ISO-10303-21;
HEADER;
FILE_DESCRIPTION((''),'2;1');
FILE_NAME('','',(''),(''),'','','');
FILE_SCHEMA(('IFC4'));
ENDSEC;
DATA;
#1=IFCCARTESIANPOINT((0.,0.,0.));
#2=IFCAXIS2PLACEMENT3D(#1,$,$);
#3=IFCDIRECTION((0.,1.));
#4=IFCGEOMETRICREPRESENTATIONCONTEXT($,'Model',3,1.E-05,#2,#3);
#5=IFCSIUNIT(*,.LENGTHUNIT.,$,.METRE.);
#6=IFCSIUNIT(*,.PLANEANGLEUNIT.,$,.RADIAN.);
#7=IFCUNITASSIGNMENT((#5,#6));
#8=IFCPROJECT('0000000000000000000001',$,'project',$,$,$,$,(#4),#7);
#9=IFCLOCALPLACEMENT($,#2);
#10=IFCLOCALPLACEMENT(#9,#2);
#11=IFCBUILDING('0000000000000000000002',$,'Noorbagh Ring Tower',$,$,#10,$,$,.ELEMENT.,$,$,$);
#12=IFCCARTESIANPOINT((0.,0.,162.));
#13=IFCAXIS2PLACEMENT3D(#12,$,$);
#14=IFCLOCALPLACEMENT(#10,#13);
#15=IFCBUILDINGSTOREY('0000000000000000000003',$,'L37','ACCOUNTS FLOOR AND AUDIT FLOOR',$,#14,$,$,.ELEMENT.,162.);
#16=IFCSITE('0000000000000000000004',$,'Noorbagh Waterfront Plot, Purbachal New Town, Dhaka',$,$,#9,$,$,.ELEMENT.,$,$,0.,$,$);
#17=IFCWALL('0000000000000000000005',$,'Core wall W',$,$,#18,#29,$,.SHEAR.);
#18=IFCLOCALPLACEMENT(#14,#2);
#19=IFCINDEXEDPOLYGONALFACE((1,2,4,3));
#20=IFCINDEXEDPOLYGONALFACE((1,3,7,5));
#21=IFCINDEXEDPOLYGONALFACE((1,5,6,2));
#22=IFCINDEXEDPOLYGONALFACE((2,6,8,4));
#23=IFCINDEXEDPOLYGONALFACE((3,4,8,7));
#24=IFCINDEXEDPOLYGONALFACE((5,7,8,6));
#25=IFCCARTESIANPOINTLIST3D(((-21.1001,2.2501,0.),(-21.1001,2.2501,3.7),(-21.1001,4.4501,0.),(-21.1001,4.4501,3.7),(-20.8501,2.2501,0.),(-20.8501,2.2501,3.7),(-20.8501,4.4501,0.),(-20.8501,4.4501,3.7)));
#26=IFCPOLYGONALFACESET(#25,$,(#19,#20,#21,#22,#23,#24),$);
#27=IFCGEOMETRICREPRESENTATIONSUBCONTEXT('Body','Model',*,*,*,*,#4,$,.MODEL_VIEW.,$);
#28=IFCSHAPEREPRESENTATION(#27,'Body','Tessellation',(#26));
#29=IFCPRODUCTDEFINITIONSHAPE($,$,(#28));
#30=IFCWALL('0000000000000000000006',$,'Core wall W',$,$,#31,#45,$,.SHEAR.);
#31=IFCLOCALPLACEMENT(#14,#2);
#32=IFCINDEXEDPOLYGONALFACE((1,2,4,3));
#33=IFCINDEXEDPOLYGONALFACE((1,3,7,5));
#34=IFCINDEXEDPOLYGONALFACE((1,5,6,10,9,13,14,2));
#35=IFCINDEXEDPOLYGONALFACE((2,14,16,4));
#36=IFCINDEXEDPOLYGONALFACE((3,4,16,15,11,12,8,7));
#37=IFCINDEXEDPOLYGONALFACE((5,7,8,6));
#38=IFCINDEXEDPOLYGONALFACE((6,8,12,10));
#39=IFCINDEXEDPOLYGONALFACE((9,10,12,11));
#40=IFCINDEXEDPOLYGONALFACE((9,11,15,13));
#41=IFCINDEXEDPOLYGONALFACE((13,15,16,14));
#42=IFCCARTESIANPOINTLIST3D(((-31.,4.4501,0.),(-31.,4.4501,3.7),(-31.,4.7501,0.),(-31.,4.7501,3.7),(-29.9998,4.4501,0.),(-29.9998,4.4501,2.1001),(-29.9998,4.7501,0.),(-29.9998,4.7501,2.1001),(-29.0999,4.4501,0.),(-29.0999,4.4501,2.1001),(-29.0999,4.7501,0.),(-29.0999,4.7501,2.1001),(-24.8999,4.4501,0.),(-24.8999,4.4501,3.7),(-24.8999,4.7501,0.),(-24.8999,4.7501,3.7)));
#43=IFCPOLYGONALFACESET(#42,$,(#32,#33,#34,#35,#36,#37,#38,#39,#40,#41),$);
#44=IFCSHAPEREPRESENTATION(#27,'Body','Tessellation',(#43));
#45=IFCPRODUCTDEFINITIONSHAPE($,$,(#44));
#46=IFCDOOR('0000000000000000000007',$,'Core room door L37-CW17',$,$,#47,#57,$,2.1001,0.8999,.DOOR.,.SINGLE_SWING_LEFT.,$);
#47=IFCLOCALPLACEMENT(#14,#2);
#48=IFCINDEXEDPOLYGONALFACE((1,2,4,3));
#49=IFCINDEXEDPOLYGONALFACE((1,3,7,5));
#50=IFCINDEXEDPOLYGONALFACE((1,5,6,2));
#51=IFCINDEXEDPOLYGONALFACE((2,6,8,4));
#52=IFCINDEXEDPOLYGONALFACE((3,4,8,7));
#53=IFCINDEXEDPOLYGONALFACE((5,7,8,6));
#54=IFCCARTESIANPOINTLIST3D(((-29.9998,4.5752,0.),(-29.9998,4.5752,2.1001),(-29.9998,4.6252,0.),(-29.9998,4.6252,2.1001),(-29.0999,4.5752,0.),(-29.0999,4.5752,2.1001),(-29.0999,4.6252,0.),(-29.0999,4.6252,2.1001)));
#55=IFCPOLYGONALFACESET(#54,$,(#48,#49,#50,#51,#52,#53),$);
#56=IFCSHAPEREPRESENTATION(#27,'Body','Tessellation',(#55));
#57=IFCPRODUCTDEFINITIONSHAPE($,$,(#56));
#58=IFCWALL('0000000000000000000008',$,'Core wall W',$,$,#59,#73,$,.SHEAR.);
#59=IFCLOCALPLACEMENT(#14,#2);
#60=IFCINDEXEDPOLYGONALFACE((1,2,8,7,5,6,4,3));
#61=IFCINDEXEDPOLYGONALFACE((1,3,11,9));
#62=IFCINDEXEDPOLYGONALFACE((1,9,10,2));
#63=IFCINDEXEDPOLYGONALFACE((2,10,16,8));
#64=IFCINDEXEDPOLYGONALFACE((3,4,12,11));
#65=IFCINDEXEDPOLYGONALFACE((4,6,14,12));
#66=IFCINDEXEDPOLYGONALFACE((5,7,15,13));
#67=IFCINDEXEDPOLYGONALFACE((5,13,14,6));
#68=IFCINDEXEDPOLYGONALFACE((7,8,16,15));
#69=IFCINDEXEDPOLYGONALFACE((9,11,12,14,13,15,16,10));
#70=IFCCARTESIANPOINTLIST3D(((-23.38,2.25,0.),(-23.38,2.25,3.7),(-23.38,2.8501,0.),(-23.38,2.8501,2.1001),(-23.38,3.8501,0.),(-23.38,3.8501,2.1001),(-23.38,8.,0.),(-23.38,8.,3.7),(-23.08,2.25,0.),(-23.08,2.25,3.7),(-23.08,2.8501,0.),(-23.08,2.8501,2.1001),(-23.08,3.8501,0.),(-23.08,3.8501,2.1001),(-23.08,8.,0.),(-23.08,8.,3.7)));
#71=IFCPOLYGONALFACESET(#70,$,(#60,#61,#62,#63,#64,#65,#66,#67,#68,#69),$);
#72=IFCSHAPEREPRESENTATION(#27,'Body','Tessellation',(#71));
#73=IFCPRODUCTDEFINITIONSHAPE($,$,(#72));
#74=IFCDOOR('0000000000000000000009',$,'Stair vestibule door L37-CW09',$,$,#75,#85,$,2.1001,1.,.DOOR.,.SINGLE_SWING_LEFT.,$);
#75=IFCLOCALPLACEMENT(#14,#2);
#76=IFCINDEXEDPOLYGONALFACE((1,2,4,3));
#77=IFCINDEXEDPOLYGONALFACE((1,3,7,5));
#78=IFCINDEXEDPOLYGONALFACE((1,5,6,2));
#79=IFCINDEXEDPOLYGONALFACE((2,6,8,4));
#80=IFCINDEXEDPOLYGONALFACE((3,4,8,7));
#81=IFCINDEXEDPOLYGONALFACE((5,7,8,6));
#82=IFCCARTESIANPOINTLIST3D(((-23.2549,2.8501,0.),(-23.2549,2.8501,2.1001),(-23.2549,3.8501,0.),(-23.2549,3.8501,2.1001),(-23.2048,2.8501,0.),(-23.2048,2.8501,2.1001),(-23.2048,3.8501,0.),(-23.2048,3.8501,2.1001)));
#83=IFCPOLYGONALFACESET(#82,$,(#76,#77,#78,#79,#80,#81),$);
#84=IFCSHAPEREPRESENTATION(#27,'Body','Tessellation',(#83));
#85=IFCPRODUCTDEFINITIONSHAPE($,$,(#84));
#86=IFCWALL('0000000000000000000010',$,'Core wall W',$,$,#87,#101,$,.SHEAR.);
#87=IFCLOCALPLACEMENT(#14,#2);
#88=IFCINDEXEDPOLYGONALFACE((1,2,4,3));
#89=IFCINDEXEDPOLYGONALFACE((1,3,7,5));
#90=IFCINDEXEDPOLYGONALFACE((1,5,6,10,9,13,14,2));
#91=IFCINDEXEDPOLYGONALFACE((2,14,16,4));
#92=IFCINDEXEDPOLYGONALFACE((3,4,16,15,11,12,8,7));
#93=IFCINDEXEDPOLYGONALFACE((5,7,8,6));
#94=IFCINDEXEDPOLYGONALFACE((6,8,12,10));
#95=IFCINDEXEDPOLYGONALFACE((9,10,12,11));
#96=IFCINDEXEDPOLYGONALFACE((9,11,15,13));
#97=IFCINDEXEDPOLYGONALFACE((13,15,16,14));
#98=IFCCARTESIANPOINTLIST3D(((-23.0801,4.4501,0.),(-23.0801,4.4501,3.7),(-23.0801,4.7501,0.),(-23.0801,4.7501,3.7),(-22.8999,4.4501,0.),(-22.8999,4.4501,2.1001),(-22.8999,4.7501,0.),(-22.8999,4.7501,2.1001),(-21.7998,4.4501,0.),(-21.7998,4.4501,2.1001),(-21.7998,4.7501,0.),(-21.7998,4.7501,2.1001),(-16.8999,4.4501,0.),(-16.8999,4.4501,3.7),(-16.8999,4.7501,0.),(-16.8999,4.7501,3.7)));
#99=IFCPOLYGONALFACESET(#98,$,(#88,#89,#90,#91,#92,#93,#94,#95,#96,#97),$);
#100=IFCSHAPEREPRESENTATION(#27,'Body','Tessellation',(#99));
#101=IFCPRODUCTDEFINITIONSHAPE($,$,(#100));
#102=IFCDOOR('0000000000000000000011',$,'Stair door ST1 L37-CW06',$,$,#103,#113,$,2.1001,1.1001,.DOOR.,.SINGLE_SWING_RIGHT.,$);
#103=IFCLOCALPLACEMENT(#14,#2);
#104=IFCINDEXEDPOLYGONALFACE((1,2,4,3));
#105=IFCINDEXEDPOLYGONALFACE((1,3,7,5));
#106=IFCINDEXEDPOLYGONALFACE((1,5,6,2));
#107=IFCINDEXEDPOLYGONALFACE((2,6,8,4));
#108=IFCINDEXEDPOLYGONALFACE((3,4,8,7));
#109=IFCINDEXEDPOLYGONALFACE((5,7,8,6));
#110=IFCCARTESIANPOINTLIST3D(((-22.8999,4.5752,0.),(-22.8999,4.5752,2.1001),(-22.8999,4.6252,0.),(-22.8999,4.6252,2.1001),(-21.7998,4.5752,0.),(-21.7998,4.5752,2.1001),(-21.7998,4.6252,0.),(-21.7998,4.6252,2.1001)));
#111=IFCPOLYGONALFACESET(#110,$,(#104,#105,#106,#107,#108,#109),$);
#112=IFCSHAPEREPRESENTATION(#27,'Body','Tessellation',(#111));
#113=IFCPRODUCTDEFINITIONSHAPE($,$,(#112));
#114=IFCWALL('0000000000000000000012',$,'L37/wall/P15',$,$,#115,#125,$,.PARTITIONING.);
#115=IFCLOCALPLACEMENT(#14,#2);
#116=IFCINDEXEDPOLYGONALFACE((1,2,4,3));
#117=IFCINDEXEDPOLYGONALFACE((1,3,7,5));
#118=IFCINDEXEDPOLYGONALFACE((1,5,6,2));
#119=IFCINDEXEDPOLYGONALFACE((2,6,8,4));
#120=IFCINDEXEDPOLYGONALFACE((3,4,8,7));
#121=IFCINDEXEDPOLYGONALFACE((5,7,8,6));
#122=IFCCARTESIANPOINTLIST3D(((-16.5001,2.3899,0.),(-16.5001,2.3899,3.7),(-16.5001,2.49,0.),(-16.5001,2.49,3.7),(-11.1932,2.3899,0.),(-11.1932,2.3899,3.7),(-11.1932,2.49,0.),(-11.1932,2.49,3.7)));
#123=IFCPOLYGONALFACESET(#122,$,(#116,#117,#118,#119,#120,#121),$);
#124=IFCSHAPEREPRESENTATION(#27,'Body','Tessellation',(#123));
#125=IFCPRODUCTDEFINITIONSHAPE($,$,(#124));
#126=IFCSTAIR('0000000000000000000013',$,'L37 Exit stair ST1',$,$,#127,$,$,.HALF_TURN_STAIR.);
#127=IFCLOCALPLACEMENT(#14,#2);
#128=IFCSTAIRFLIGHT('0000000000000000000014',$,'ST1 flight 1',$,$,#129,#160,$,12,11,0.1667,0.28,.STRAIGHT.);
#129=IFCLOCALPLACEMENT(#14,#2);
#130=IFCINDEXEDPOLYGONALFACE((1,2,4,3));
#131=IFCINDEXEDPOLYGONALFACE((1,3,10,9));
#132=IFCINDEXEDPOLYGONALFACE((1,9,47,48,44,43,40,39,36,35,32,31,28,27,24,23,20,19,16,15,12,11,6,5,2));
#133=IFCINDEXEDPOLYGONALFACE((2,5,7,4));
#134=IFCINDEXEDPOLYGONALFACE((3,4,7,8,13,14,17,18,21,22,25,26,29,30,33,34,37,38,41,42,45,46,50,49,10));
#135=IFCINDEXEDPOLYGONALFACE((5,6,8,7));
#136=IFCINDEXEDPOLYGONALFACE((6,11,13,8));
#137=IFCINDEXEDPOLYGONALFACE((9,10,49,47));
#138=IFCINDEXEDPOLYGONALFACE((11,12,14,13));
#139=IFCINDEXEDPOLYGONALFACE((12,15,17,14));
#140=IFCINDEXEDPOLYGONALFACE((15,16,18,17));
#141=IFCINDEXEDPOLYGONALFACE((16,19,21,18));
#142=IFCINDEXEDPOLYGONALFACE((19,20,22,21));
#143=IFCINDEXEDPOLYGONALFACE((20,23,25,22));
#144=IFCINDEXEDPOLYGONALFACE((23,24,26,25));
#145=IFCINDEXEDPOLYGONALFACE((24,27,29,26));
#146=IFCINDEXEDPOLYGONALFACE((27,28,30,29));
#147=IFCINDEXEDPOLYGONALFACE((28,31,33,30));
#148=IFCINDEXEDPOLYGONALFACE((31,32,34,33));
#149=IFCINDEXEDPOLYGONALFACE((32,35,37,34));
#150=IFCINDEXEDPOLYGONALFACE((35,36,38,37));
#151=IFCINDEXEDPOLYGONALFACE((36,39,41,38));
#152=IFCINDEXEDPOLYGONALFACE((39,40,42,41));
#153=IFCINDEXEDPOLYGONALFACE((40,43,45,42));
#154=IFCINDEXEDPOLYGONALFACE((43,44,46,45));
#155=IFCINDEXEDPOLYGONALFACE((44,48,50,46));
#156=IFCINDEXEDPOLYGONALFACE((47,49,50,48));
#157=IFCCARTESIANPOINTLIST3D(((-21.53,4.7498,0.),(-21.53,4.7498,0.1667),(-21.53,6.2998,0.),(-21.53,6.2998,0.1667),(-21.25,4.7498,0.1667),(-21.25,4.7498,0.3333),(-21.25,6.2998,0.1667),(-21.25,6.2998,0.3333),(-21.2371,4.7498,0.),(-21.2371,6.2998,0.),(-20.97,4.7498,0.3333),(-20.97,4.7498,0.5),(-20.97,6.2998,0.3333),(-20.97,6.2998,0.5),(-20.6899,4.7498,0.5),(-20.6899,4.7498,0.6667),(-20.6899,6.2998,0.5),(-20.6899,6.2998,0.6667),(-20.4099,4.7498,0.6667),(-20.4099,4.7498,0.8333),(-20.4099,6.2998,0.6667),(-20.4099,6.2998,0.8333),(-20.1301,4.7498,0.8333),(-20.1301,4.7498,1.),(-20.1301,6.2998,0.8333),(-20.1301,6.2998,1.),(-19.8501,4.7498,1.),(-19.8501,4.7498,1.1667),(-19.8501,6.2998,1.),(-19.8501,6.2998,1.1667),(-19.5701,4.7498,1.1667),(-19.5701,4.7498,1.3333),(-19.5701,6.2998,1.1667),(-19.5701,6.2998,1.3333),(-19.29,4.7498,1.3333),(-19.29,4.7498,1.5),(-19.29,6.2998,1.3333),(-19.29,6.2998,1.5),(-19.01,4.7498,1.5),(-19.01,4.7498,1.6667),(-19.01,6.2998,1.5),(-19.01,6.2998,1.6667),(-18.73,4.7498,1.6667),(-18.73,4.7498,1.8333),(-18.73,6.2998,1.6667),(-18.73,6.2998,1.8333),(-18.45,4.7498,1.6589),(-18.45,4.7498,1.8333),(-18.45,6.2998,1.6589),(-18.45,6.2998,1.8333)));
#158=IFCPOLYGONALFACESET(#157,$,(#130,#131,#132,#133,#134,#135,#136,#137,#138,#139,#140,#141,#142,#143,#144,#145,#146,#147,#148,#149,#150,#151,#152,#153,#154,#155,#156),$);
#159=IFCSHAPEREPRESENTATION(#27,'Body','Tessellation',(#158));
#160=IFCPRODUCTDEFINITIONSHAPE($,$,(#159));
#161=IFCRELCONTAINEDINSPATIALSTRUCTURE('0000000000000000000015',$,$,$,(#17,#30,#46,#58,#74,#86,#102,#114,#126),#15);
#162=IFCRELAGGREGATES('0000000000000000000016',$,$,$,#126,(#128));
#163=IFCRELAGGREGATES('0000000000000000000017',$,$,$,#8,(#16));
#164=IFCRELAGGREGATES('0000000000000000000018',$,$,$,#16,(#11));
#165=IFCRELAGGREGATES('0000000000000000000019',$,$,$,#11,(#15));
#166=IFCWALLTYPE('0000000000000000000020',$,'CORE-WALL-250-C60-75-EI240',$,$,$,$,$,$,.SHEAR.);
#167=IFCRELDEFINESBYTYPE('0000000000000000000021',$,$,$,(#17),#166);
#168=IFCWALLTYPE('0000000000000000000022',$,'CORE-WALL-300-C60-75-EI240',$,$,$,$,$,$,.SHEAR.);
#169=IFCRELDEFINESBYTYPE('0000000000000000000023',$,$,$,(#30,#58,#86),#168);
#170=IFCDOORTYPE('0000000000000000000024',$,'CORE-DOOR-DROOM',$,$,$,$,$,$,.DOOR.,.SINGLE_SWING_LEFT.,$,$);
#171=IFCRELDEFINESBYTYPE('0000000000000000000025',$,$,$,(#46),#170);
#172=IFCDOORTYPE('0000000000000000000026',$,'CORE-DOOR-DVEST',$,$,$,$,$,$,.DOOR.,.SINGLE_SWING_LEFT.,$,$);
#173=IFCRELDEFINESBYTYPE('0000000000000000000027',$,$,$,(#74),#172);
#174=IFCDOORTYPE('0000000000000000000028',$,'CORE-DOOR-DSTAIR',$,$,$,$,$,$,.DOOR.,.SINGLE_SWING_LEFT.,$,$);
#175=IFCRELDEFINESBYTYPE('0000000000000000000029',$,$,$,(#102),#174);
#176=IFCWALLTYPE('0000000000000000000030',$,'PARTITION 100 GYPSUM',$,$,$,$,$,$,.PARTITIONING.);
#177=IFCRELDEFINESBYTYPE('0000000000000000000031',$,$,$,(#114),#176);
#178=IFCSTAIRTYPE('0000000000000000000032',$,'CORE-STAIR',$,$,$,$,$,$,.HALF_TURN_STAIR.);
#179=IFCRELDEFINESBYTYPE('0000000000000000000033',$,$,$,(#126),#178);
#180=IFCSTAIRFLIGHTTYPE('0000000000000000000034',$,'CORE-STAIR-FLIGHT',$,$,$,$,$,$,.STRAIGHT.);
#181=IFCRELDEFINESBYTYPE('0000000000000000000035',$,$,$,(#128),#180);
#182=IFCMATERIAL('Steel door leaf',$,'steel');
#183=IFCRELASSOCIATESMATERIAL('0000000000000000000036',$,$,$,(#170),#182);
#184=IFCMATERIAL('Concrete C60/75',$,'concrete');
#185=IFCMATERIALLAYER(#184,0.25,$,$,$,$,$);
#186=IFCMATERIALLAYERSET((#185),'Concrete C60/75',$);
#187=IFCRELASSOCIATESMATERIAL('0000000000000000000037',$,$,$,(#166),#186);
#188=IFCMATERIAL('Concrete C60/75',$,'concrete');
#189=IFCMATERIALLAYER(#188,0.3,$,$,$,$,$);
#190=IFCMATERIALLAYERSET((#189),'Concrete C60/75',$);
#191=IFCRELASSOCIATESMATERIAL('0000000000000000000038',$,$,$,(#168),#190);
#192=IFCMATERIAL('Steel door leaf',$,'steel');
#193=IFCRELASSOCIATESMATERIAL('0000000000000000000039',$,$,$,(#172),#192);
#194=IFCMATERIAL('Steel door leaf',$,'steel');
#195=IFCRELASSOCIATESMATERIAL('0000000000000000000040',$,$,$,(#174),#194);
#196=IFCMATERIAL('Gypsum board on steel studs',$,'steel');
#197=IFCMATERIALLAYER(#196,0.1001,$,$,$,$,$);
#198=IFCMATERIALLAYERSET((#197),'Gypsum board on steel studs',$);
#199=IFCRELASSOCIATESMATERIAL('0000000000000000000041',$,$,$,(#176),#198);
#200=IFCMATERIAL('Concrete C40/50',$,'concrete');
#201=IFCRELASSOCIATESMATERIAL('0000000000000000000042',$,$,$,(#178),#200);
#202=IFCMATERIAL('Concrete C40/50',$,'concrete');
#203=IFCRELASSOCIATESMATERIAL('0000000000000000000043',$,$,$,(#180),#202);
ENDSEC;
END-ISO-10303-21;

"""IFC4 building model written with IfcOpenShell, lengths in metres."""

from ifc_helpers import new_model, si_unit, direction, frame, frame_2d, origin, place, context, subcontext, project, spatial, polyline, rectangle, outline, extrude, material, layer, layer_set, type_object, element, fill, aggregate, save


model = new_model("IFC4")

# Units and contexts
model_context = context("Model", 3, precision=1e-05, world=origin(), true_north=direction((0.0, 1.0)))
body_context = subcontext(model_context, "Body", "Model", "MODEL_VIEW")
ifc_project = project(units=[si_unit("LENGTHUNIT", "METRE"), si_unit("PLANEANGLEUNIT", "RADIAN")], contexts=[model_context])

# Site, building, storey
site_placement = place(None, origin())
site = spatial("IfcSite", under=ifc_project, at=site_placement, Name="Noorbagh Waterfront Plot, Purbachal New Town, Dhaka", CompositionType="ELEMENT", RefElevation=0.0)
building_placement = place(site_placement, origin())
building = spatial("IfcBuilding", under=site, at=building_placement, Name="Noorbagh Ring Tower", CompositionType="ELEMENT")
storey_placement = place(building_placement, frame((0.0, 0.0, 162.0)))
storey = spatial("IfcBuildingStorey", under=building, at=storey_placement, Name="L37", Description="ACCOUNTS FLOOR AND AUDIT FLOOR", CompositionType="ELEMENT", Elevation=162.0)

# Shared definitions
ifc_material_1 = material(Name="Steel door leaf", Category="steel")
door_type_1 = type_object("IfcDoorType", Name="CORE-DOOR-DROOM", OperationType="SINGLE_SWING_LEFT", PredefinedType="DOOR", material=ifc_material_1)

# Wall
ifc_material_2 = material(Name="Concrete C60/75", Category="concrete")
ifc_layer_1 = layer(ifc_material_2, 0.25)
ifc_layer_set_1 = layer_set([ifc_layer_1], Name="Concrete C60/75")
wall_type_1 = type_object("IfcWallType", Name="CORE-WALL-250-C60-75-EI240", PredefinedType="SHEAR", material=ifc_layer_set_1)
wall_1_placement = place(storey_placement, frame((-20.9751, 2.25, 0.0), z_axis=(0.0, 0.0, 1.0), x_axis=(0.0, 1.0, 0.0)))
element("IfcWall", 1, at=wall_1_placement, inside=storey, type_object=wall_type_1, Name="Core wall W", PredefinedType="SHEAR", context=body_context, shape_type="SweptSolid", body=[
    extrude(rectangle(XDim=2.2, YDim=0.25, at=frame_2d((1.1001, 0.0))), origin(), (0.0, 0.0, 1.0), 3.7),
])

# Walls, openings, doors
ifc_material_3 = material(Name="Concrete C60/75", Category="concrete")
ifc_layer_2 = layer(ifc_material_3, 0.3)
ifc_layer_set_2 = layer_set([ifc_layer_2], Name="Concrete C60/75")
wall_type_2 = type_object("IfcWallType", Name="CORE-WALL-300-C60-75-EI240", PredefinedType="SHEAR", material=ifc_layer_set_2)
wall_2_placement = place(storey_placement, frame((-24.8999, 4.6001, 0.0), z_axis=(0.0, 0.0, 1.0), x_axis=(-1.0, 0.0, 0.0)))
wall_2 = element("IfcWall", 2, at=wall_2_placement, inside=storey, type_object=wall_type_2, Name="Core wall W", PredefinedType="SHEAR", context=body_context, shape_type="SweptSolid", body=[
    extrude(rectangle(XDim=6.1001, YDim=0.3, at=frame_2d((3.05, 0.0))), origin(), (0.0, 0.0, 1.0), 3.7),
])
opening_1_placement = place(wall_2_placement, frame((4.2, 0.0, 0.0)))
opening_1 = element("IfcOpeningElement", 3, at=opening_1_placement, cuts=wall_2, PredefinedType="OPENING", context=body_context, shape_type="SweptSolid", body=[
    extrude(rectangle(XDim=0.8999, YDim=2.1001, at=frame_2d((0.45, 1.05))), frame((0.0, 0.1602, 0.0), z_axis=(0.0, -1.0, 0.0), x_axis=(1.0, 0.0, 0.0)), (0.0, 0.0, 1.0), 0.3201),
])
door_1_placement = place(opening_1_placement, origin())
door_1 = element("IfcDoor", 4, at=door_1_placement, inside=storey, type_object=door_type_1, Name="Core room door L37-CW17", OperationType="SINGLE_SWING_LEFT", OverallHeight=2.1001, OverallWidth=0.8999, PredefinedType="DOOR", context=body_context, shape_type="SweptSolid", body=[
    extrude(rectangle(XDim=0.8999, YDim=2.1001, at=frame_2d((0.45, 1.05))), frame((0.0, 0.0249, 0.0), z_axis=(0.0, -1.0, 0.0), x_axis=(1.0, 0.0, 0.0)), (0.0, 0.0, 1.0), 0.05),
])
fill(opening_1, door_1)
wall_3_placement = place(storey_placement, frame((-23.23, 2.25, 0.0), z_axis=(0.0, 0.0, 1.0), x_axis=(0.0, 1.0, 0.0)))
wall_3 = element("IfcWall", 5, at=wall_3_placement, inside=storey, type_object=wall_type_2, Name="Core wall W", PredefinedType="SHEAR", context=body_context, shape_type="SweptSolid", body=[
    extrude(rectangle(XDim=5.75, YDim=0.3, at=frame_2d((2.875, 0.0))), origin(), (0.0, 0.0, 1.0), 3.7),
])
opening_2_placement = place(wall_3_placement, frame((0.6001, 0.0, 0.0)))
opening_2 = element("IfcOpeningElement", 6, at=opening_2_placement, cuts=wall_3, PredefinedType="OPENING", context=body_context, shape_type="SweptSolid", body=[
    extrude(rectangle(XDim=1.0, YDim=2.1001, at=frame_2d((0.5, 1.05))), frame((0.0, 0.1602, 0.0), z_axis=(0.0, -1.0, 0.0), x_axis=(1.0, 0.0, 0.0)), (0.0, 0.0, 1.0), 0.3201),
])
ifc_material_4 = material(Name="Steel door leaf", Category="steel")
door_type_2 = type_object("IfcDoorType", Name="CORE-DOOR-DVEST", OperationType="SINGLE_SWING_LEFT", PredefinedType="DOOR", material=ifc_material_4)
door_2_placement = place(opening_2_placement, origin())
door_2 = element("IfcDoor", 7, at=door_2_placement, inside=storey, type_object=door_type_2, Name="Stair vestibule door L37-CW09", OperationType="SINGLE_SWING_LEFT", OverallHeight=2.1001, OverallWidth=1.0, PredefinedType="DOOR", context=body_context, shape_type="SweptSolid", body=[
    extrude(rectangle(XDim=1.0, YDim=2.1001, at=frame_2d((0.5, 1.05))), frame((0.0, 0.0249, 0.0), z_axis=(0.0, -1.0, 0.0), x_axis=(1.0, 0.0, 0.0)), (0.0, 0.0, 1.0), 0.05),
])
fill(opening_2, door_2)
wall_4_placement = place(storey_placement, frame((-16.8999, 4.6001, 0.0), z_axis=(0.0, 0.0, 1.0), x_axis=(-1.0, 0.0, 0.0)))
wall_4 = element("IfcWall", 8, at=wall_4_placement, inside=storey, type_object=wall_type_2, Name="Core wall W", PredefinedType="SHEAR", context=body_context, shape_type="SweptSolid", body=[
    extrude(rectangle(XDim=6.1802, YDim=0.3, at=frame_2d((3.0901, 0.0))), origin(), (0.0, 0.0, 1.0), 3.7),
])
opening_3_placement = place(wall_4_placement, frame((4.8999, 0.0, 0.0)))
opening_3 = element("IfcOpeningElement", 9, at=opening_3_placement, cuts=wall_4, PredefinedType="OPENING", context=body_context, shape_type="SweptSolid", body=[
    extrude(rectangle(XDim=1.1001, YDim=2.1001, at=frame_2d((0.55, 1.05))), frame((0.0, 0.1602, 0.0), z_axis=(0.0, -1.0, 0.0), x_axis=(1.0, 0.0, 0.0)), (0.0, 0.0, 1.0), 0.3201),
])
ifc_material_5 = material(Name="Steel door leaf", Category="steel")
door_type_3 = type_object("IfcDoorType", Name="CORE-DOOR-DSTAIR", OperationType="SINGLE_SWING_LEFT", PredefinedType="DOOR", material=ifc_material_5)
door_3_placement = place(opening_3_placement, origin())
door_3 = element("IfcDoor", 10, at=door_3_placement, inside=storey, type_object=door_type_3, Name="Stair door ST1 L37-CW06", OperationType="SINGLE_SWING_RIGHT", OverallHeight=2.1001, OverallWidth=1.1001, PredefinedType="DOOR", context=body_context, shape_type="SweptSolid", body=[
    extrude(rectangle(XDim=1.1001, YDim=2.1001, at=frame_2d((0.55, 1.05))), frame((0.0, 0.0249, 0.0), z_axis=(0.0, -1.0, 0.0), x_axis=(1.0, 0.0, 0.0)), (0.0, 0.0, 1.0), 0.05),
])
fill(opening_3, door_3)

# Wall
ifc_material_6 = material(Name="Gypsum board on steel studs", Category="steel")
ifc_layer_3 = layer(ifc_material_6, 0.1001)
ifc_layer_set_3 = layer_set([ifc_layer_3], Name="Gypsum board on steel studs")
wall_type_3 = type_object("IfcWallType", Name="PARTITION 100 GYPSUM", PredefinedType="PARTITIONING", material=ifc_layer_set_3)
wall_5_placement = place(storey_placement, frame((-16.5, 2.4399, 0.0), z_axis=(0.0, 0.0, 1.0), x_axis=(1.0, 0.0, 0.0)))
element("IfcWall", 11, at=wall_5_placement, inside=storey, type_object=wall_type_3, Name="L37/wall/P15", PredefinedType="PARTITIONING", context=body_context, shape_type="SweptSolid", body=[
    extrude(rectangle(XDim=5.3069, YDim=0.1001, at=frame_2d((2.6533, 0.0))), origin(), (0.0, 0.0, 1.0), 3.7),
])

# Stair, stair flight
ifc_material_7 = material(Name="Concrete C40/50", Category="concrete")
stair_type = type_object("IfcStairType", Name="CORE-STAIR", PredefinedType="HALF_TURN_STAIR", material=ifc_material_7)
stair_placement = place(storey_placement, origin())
stair = element("IfcStair", 12, at=stair_placement, inside=storey, type_object=stair_type, Name="L37 Exit stair ST1", PredefinedType="HALF_TURN_STAIR")
ifc_material_8 = material(Name="Concrete C40/50", Category="concrete")
stair_flight_type = type_object("IfcStairFlightType", Name="CORE-STAIR-FLIGHT", PredefinedType="STRAIGHT", material=ifc_material_8)
stair_flight_1_placement = place(storey_placement, frame((-21.53, 5.5249, 0.0), z_axis=(0.0, 0.0, 1.0), x_axis=(1.0, 0.0, 0.0)))
stair_flight_1 = element("IfcStairFlight", 13, at=stair_flight_1_placement, type_object=stair_flight_type, Name="ST1 flight 1", NumberOfRisers=12, NumberOfTreads=11, PredefinedType="STRAIGHT", RiserHeight=0.1667, TreadLength=0.28, context=body_context, shape_type="SweptSolid", body=[
    extrude(outline(polyline([(0.0, 0.0), (0.0, 0.1667), (0.28, 0.1667), (0.28, 0.3333), (0.5601, 0.3333), (0.5601, 0.5), (0.8401, 0.5), (0.8401, 0.6667), (1.1201, 0.6667), (1.1201, 0.8333), (1.3999, 0.8333), (1.3999, 1.0), (1.6799, 1.0), (1.6799, 1.1667), (1.96, 1.1667), (1.96, 1.3333), (2.24, 1.3333), (2.24, 1.5), (2.52, 1.5), (2.52, 1.6667), (2.8, 1.6667), (2.8, 1.8333), (3.0801, 1.8333), (3.0801, 2.0), (3.0801, 1.6589), (0.293, 0.0), (0.0, 0.0)])), frame((0.0, 0.7749, 0.0), z_axis=(0.0, -1.0, 0.0), x_axis=(1.0, 0.0, 0.0)), (0.0, 0.0, 1.0), 1.55),
])
aggregate(stair, [stair_flight_1])

save(model, "model.ifc")
